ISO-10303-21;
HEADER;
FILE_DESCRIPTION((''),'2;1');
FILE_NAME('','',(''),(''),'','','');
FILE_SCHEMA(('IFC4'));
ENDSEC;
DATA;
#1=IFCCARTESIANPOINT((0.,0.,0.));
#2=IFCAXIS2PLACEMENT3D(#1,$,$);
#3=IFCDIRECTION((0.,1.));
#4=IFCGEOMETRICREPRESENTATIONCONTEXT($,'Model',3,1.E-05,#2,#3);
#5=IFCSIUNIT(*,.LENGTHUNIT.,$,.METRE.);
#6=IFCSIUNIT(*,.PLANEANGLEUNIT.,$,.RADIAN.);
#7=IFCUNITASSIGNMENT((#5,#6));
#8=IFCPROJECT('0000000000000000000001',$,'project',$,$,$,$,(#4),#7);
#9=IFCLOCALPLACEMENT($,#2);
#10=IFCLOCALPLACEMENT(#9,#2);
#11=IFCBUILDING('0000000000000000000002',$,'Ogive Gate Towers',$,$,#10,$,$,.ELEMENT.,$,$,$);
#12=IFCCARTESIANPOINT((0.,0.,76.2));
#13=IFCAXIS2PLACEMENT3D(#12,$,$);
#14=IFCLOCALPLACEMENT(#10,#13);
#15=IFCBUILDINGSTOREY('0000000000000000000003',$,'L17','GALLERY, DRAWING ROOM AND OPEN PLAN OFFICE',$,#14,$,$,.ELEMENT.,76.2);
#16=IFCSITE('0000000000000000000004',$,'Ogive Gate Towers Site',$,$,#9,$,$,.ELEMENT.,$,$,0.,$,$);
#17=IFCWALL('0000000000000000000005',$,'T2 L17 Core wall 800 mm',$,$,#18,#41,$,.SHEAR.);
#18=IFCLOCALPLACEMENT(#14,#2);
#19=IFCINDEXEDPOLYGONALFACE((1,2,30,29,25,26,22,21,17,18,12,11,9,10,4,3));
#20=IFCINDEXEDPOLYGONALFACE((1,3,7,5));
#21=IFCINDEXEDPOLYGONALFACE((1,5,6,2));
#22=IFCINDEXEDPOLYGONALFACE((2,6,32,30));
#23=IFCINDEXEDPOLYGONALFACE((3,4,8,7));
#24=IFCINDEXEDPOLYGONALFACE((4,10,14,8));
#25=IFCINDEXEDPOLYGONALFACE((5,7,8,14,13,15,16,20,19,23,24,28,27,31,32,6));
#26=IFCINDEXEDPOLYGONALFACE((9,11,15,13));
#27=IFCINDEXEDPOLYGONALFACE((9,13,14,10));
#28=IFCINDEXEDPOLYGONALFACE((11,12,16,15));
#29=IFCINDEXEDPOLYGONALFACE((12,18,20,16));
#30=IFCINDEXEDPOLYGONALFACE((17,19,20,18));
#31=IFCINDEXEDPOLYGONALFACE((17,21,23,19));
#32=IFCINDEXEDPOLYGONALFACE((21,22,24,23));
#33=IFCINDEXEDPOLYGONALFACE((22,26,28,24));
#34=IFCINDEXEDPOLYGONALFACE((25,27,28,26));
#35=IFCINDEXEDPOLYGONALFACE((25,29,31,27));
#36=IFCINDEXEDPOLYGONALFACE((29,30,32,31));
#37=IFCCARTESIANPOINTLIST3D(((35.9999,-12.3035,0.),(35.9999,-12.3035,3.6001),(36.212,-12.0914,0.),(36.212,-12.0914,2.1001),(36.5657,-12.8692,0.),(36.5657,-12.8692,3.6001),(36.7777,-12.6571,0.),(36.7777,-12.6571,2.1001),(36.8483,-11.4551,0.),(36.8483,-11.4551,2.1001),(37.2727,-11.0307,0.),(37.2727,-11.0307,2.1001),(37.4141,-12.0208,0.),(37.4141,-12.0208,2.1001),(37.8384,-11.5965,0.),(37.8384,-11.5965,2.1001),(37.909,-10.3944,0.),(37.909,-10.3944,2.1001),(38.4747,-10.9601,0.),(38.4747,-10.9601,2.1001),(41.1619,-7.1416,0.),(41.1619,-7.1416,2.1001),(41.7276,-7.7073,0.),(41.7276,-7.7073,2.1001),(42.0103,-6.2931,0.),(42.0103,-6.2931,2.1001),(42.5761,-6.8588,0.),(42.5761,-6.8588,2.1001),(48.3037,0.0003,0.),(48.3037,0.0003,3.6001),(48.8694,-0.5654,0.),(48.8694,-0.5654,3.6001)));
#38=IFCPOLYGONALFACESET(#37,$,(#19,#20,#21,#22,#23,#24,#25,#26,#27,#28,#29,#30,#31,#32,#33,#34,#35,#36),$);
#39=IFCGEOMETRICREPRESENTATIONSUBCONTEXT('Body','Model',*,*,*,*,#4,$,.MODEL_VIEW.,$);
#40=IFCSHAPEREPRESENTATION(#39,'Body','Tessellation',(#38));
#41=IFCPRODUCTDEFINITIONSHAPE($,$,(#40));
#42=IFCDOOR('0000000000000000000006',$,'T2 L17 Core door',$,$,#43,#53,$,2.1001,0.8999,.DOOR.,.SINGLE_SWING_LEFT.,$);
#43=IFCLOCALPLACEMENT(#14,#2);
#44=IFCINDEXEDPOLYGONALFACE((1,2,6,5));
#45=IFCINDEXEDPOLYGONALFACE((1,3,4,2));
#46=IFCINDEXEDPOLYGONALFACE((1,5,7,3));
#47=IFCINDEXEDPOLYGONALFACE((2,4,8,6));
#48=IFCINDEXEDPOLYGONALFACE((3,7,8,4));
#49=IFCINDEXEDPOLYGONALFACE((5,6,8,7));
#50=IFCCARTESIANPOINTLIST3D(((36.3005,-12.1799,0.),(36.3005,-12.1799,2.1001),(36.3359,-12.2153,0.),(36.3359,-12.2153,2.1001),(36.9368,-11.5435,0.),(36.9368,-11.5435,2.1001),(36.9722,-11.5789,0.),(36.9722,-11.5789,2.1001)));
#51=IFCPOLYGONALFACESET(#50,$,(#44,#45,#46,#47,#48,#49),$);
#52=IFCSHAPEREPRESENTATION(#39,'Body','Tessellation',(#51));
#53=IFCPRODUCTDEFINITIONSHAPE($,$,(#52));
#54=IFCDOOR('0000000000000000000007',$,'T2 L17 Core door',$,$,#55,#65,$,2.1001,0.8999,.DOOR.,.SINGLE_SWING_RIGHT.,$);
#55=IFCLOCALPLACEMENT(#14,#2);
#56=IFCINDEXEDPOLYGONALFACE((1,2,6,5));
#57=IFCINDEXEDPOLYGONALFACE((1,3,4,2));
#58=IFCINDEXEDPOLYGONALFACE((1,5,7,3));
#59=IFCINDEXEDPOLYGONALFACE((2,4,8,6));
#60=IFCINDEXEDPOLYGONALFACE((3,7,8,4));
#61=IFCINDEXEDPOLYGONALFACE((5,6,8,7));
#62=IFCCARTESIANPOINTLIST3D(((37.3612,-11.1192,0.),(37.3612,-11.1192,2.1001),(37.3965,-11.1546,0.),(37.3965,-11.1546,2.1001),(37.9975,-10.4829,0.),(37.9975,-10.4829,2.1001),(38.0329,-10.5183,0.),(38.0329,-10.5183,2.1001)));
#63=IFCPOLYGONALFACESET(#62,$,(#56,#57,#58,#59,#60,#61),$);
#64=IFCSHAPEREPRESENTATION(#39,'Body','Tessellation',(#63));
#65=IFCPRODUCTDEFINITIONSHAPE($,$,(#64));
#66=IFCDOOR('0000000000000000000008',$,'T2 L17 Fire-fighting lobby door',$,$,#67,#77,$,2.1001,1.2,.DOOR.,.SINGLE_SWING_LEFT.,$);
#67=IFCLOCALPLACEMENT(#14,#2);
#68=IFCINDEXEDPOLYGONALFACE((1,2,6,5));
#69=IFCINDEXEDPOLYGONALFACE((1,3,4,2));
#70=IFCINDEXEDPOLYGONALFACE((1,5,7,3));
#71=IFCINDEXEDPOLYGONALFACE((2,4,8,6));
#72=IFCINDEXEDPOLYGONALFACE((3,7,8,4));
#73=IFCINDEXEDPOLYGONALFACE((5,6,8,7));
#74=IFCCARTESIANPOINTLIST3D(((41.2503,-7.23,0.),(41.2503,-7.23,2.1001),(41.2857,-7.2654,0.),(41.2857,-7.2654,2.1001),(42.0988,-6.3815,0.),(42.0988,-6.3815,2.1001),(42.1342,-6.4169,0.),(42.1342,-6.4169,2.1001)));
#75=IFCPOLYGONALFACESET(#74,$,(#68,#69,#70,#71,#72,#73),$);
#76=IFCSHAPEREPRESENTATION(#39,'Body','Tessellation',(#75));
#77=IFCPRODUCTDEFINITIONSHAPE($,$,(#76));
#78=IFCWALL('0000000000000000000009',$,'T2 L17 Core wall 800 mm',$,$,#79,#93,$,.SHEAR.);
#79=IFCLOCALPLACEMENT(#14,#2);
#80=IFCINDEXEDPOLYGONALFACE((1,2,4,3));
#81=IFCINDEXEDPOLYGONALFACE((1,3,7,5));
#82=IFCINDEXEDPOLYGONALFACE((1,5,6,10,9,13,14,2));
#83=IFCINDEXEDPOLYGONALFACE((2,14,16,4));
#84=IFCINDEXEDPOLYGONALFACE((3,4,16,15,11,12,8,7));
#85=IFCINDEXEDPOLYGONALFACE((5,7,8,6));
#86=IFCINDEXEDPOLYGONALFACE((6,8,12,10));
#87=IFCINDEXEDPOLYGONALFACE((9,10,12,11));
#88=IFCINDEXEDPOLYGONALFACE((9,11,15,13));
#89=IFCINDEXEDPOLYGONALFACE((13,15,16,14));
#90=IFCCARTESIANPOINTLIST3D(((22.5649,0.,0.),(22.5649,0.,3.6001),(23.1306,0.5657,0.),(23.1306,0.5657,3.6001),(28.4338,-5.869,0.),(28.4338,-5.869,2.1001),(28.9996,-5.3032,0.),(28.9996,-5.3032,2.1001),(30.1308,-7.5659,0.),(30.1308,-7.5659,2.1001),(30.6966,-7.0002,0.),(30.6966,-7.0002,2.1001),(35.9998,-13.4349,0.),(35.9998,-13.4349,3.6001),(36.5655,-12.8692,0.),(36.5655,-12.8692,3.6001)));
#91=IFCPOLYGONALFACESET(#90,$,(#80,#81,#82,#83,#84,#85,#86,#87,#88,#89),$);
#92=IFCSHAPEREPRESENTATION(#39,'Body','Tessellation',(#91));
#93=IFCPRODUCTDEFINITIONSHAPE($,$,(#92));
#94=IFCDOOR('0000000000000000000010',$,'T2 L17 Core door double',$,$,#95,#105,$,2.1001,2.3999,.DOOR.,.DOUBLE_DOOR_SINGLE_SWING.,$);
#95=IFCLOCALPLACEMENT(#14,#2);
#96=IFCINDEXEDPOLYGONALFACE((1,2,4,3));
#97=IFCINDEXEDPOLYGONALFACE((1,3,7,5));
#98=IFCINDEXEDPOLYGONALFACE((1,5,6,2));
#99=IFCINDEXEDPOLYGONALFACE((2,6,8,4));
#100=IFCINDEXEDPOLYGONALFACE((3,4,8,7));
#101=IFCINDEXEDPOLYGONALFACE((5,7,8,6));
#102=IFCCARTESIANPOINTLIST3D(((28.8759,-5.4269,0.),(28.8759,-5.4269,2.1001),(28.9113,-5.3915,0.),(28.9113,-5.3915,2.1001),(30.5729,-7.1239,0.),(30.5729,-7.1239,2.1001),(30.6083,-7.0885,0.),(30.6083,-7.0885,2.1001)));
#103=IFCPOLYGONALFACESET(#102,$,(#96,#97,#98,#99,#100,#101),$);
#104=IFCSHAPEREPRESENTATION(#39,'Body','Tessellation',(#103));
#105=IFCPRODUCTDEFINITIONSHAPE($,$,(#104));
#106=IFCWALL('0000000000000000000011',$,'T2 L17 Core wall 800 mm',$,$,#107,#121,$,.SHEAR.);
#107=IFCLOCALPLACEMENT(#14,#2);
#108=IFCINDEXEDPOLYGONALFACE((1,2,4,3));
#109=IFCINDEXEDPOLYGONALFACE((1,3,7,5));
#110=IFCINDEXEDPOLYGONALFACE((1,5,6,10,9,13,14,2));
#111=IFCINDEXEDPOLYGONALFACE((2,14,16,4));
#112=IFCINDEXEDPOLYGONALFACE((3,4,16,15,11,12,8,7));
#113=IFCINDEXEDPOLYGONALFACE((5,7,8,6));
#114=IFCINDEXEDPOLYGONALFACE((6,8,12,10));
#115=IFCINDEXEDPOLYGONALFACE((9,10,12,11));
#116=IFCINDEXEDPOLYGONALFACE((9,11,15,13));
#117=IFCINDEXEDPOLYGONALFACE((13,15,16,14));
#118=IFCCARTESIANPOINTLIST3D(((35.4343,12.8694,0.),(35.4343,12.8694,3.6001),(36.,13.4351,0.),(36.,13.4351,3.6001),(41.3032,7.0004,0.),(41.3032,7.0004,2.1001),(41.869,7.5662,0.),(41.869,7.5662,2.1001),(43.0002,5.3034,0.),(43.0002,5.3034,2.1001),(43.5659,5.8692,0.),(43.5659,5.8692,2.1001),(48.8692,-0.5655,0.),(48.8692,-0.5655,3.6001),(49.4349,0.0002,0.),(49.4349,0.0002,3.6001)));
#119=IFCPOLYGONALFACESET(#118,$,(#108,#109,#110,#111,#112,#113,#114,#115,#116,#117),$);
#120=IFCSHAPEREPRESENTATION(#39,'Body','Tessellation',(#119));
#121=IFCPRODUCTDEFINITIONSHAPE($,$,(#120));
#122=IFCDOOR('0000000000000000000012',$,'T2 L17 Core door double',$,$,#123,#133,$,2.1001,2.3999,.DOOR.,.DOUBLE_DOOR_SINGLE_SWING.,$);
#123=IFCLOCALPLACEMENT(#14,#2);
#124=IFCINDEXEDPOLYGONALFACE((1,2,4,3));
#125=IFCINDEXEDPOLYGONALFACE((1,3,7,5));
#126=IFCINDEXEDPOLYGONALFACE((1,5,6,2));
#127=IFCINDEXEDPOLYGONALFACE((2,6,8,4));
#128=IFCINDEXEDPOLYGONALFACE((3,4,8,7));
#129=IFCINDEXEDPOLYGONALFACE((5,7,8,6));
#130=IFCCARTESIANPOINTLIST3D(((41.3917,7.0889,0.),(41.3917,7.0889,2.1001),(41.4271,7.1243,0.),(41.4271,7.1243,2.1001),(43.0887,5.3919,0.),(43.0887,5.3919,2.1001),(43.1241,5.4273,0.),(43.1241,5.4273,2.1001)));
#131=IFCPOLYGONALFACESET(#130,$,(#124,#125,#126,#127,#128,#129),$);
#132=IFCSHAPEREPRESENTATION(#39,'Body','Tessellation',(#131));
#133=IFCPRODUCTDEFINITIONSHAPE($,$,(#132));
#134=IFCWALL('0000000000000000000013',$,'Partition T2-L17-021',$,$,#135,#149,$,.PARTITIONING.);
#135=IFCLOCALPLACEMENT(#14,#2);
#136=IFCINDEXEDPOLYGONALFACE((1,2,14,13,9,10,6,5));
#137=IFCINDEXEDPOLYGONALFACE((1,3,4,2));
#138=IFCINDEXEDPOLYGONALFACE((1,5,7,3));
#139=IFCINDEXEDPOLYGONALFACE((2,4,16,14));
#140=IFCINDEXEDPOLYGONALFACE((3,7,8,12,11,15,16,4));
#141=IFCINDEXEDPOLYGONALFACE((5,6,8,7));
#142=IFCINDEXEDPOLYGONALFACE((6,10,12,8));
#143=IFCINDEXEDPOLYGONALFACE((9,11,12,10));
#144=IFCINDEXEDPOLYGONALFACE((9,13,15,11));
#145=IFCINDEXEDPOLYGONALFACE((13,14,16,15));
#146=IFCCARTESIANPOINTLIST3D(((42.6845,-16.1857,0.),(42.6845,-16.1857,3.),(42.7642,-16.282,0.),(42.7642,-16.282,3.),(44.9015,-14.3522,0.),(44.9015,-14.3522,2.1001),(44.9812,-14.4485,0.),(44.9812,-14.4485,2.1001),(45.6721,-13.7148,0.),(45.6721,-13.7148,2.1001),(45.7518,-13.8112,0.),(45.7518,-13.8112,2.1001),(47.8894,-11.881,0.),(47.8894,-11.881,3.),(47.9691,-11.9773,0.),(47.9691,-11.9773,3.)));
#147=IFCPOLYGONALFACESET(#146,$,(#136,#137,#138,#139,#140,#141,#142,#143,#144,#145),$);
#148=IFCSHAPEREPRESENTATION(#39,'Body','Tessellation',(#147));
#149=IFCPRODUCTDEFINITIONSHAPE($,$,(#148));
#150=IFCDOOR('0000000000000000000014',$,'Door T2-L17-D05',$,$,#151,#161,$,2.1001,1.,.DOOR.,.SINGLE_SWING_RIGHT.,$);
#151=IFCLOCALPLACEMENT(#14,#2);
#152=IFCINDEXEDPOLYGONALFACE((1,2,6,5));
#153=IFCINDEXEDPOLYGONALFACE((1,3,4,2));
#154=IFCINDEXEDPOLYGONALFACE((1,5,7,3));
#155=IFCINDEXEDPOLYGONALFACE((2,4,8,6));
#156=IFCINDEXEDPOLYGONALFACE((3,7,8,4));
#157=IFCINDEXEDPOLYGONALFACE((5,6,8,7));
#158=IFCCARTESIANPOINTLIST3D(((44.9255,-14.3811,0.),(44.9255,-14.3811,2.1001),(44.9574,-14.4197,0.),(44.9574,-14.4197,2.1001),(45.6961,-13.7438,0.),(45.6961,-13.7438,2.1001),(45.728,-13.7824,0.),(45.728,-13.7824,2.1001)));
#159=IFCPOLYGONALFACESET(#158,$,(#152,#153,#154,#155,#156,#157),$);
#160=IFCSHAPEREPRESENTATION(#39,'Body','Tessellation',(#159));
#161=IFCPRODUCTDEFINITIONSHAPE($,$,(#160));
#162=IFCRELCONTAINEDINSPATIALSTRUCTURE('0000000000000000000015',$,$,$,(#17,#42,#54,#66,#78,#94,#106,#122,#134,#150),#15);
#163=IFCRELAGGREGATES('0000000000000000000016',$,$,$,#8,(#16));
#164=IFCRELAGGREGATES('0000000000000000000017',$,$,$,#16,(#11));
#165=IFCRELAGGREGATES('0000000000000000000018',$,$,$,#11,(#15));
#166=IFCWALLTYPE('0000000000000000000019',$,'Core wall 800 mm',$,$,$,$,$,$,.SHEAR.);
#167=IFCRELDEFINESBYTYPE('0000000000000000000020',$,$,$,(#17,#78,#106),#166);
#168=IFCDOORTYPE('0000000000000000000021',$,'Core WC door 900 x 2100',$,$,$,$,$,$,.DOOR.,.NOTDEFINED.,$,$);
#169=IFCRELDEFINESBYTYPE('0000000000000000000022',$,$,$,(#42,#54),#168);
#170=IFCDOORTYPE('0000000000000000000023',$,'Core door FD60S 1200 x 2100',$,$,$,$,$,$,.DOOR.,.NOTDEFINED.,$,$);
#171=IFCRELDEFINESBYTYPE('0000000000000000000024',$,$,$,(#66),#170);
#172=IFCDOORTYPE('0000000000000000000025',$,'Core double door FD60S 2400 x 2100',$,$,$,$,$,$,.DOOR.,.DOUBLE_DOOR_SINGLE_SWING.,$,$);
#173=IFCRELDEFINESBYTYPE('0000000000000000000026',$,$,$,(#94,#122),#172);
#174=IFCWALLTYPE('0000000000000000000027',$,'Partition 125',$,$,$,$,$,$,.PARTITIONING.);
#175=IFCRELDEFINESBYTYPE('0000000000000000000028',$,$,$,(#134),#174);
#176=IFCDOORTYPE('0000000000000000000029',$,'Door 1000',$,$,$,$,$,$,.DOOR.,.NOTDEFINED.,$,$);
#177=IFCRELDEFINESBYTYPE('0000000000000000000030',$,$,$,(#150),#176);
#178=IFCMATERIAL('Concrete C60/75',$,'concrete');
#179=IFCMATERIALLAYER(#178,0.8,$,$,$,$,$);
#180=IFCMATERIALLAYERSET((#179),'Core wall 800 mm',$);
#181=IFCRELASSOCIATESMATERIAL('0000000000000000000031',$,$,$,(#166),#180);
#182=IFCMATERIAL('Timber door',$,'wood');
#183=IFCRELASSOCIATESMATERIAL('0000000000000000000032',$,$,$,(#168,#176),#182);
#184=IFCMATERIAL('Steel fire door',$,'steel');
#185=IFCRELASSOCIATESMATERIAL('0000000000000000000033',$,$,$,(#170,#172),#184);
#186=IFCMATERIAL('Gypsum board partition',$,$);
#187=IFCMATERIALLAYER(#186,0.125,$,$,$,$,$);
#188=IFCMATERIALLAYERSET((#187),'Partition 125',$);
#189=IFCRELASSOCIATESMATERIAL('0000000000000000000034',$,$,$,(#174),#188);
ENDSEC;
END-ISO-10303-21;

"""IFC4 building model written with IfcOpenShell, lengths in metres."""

from ifc_helpers import new_model, si_unit, direction, frame, frame_2d, origin, place, context, subcontext, project, spatial, rectangle, extrude, material, layer, layer_set, type_object, element, fill, save


model = new_model("IFC4")

# Units and contexts
model_context = context("Model", 3, precision=1e-05, world=origin(), true_north=direction((0.0, 1.0)))
body_context = subcontext(model_context, "Body", "Model", "MODEL_VIEW")
ifc_project = project(units=[si_unit("LENGTHUNIT", "METRE"), si_unit("PLANEANGLEUNIT", "RADIAN")], contexts=[model_context])

# Site, building, storey
site_placement = place(None, origin())
site = spatial("IfcSite", under=ifc_project, at=site_placement, Name="Ogive Gate Towers Site", CompositionType="ELEMENT", RefElevation=0.0)
building_placement = place(site_placement, origin())
building = spatial("IfcBuilding", under=site, at=building_placement, Name="Ogive Gate Towers", CompositionType="ELEMENT")
storey_placement = place(building_placement, frame((0.0, 0.0, 76.2)))
storey = spatial("IfcBuildingStorey", under=building, at=storey_placement, Name="L17", Description="GALLERY, DRAWING ROOM AND OPEN PLAN OFFICE", CompositionType="ELEMENT", Elevation=76.2)

# Wall, openings, doors
ifc_material_1 = material(Name="Concrete C60/75", Category="concrete")
ifc_layer_1 = layer(ifc_material_1, 0.8)
ifc_layer_set_1 = layer_set([ifc_layer_1], Name="Core wall 800 mm")
wall_type_1 = type_object("IfcWallType", Name="Core wall 800 mm", PredefinedType="SHEAR", material=ifc_layer_set_1)
wall_1_placement = place(storey_placement, frame((36.2827, -12.5864, 0.0), z_axis=(0.0, 0.0, 1.0), x_axis=(0.707107, 0.707107, 0.0)))
wall_1 = element("IfcWall", 1, at=wall_1_placement, inside=storey, type_object=wall_type_1, Name="T2 L17 Core wall 800 mm", PredefinedType="SHEAR", context=body_context, shape_type="SweptSolid", body=[
    extrude(rectangle(XDim=17.4001, YDim=0.8, at=frame_2d((8.7002, 0.0))), origin(), (0.0, 0.0, 1.0), 3.6001),
])
opening_1_placement = place(wall_1_placement, frame((7.3, 0.0, 0.0)))
opening_1 = element("IfcOpeningElement", 2, at=opening_1_placement, cuts=wall_1, PredefinedType="OPENING", context=body_context, shape_type="SweptSolid", body=[
    extrude(rectangle(XDim=1.2, YDim=2.1001, at=frame_2d((0.6001, 1.05))), frame((0.0, 0.4102, 0.0), z_axis=(0.0, -1.0, 0.0), x_axis=(1.0, 0.0, 0.0)), (0.0, 0.0, 1.0), 0.8201),
])
opening_2_placement = place(wall_1_placement, frame((0.3, 0.0, 0.0)))
opening_2 = element("IfcOpeningElement", 3, at=opening_2_placement, cuts=wall_1, PredefinedType="OPENING", context=body_context, shape_type="SweptSolid", body=[
    extrude(rectangle(XDim=0.8999, YDim=2.1001, at=frame_2d((0.45, 1.05))), frame((0.0, 0.4102, 0.0), z_axis=(0.0, -1.0, 0.0), x_axis=(1.0, 0.0, 0.0)), (0.0, 0.0, 1.0), 0.8201),
])
opening_3_placement = place(wall_1_placement, frame((1.8, 0.0, 0.0)))
opening_3 = element("IfcOpeningElement", 4, at=opening_3_placement, cuts=wall_1, PredefinedType="OPENING", context=body_context, shape_type="SweptSolid", body=[
    extrude(rectangle(XDim=0.8999, YDim=2.1001, at=frame_2d((0.45, 1.05))), frame((0.0, 0.4102, 0.0), z_axis=(0.0, -1.0, 0.0), x_axis=(1.0, 0.0, 0.0)), (0.0, 0.0, 1.0), 0.8201),
])
ifc_material_2 = material(Name="Timber door", Category="wood")
door_type_1 = type_object("IfcDoorType", Name="Core WC door 900 x 2100", OperationType="NOTDEFINED", PredefinedType="DOOR", material=ifc_material_2)
door_1_placement = place(opening_2_placement, origin())
door_1 = element("IfcDoor", 5, at=door_1_placement, inside=storey, type_object=door_type_1, Name="T2 L17 Core door", OperationType="SINGLE_SWING_LEFT", OverallHeight=2.1001, OverallWidth=0.8999, PredefinedType="DOOR", context=body_context, shape_type="SweptSolid", body=[
    extrude(rectangle(XDim=0.8999, YDim=2.1001, at=frame_2d((0.45, 1.05))), frame((0.0, 0.2749, 0.0), z_axis=(0.0, -1.0, 0.0), x_axis=(1.0, 0.0, 0.0)), (0.0, 0.0, 1.0), 0.05),
])
fill(opening_2, door_1)
door_2_placement = place(opening_3_placement, origin())
door_2 = element("IfcDoor", 6, at=door_2_placement, inside=storey, type_object=door_type_1, Name="T2 L17 Core door", OperationType="SINGLE_SWING_RIGHT", OverallHeight=2.1001, OverallWidth=0.8999, PredefinedType="DOOR", context=body_context, shape_type="SweptSolid", body=[
    extrude(rectangle(XDim=0.8999, YDim=2.1001, at=frame_2d((0.45, 1.05))), frame((0.0, 0.2749, 0.0), z_axis=(0.0, -1.0, 0.0), x_axis=(1.0, 0.0, 0.0)), (0.0, 0.0, 1.0), 0.05),
])
fill(opening_3, door_2)
ifc_material_3 = material(Name="Steel fire door", Category="steel")
door_type_2 = type_object("IfcDoorType", Name="Core door FD60S 1200 x 2100", OperationType="NOTDEFINED", PredefinedType="DOOR", material=ifc_material_3)
door_3_placement = place(opening_1_placement, origin())
door_3 = element("IfcDoor", 7, at=door_3_placement, inside=storey, type_object=door_type_2, Name="T2 L17 Fire-fighting lobby door", OperationType="SINGLE_SWING_LEFT", OverallHeight=2.1001, OverallWidth=1.2, PredefinedType="DOOR", context=body_context, shape_type="SweptSolid", body=[
    extrude(rectangle(XDim=1.2, YDim=2.1001, at=frame_2d((0.6001, 1.05))), frame((0.0, 0.2749, 0.0), z_axis=(0.0, -1.0, 0.0), x_axis=(1.0, 0.0, 0.0)), (0.0, 0.0, 1.0), 0.05),
])
fill(opening_1, door_3)

# Walls, openings, doors
wall_2_placement = place(storey_placement, frame((36.2827, -13.1521, 0.0), z_axis=(0.0, 0.0, 1.0), x_axis=(-0.707107, 0.707107, 0.0)))
wall_2 = element("IfcWall", 8, at=wall_2_placement, inside=storey, type_object=wall_type_1, Name="T2 L17 Core wall 800 mm", PredefinedType="SHEAR", context=body_context, shape_type="SweptSolid", body=[
    extrude(rectangle(XDim=18.9998, YDim=0.8, at=frame_2d((9.5, 0.0))), origin(), (0.0, 0.0, 1.0), 3.6001),
])
opening_4_placement = place(wall_2_placement, frame((8.3, 0.0, 0.0)))
opening_4 = element("IfcOpeningElement", 9, at=opening_4_placement, cuts=wall_2, PredefinedType="OPENING", context=body_context, shape_type="SweptSolid", body=[
    extrude(rectangle(XDim=2.3999, YDim=2.1001, at=frame_2d((1.2, 1.05))), frame((0.0, 0.4102, 0.0), z_axis=(0.0, -1.0, 0.0), x_axis=(1.0, 0.0, 0.0)), (0.0, 0.0, 1.0), 0.8201),
])
door_type_3 = type_object("IfcDoorType", Name="Core double door FD60S 2400 x 2100", OperationType="DOUBLE_DOOR_SINGLE_SWING", PredefinedType="DOOR", material=ifc_material_3)
door_4_placement = place(opening_4_placement, origin())
door_4 = element("IfcDoor", 10, at=door_4_placement, inside=storey, type_object=door_type_3, Name="T2 L17 Core door double", OperationType="DOUBLE_DOOR_SINGLE_SWING", OverallHeight=2.1001, OverallWidth=2.3999, PredefinedType="DOOR", context=body_context, shape_type="SweptSolid", body=[
    extrude(rectangle(XDim=2.3999, YDim=2.1001, at=frame_2d((1.2, 1.05))), frame((0.0, -0.2251, 0.0), z_axis=(0.0, -1.0, 0.0), x_axis=(1.0, 0.0, 0.0)), (0.0, 0.0, 1.0), 0.05),
])
fill(opening_4, door_4)
wall_3_placement = place(storey_placement, frame((49.1521, -0.2827, 0.0), z_axis=(0.0, 0.0, 1.0), x_axis=(-0.707107, 0.707107, 0.0)))
wall_3 = element("IfcWall", 11, at=wall_3_placement, inside=storey, type_object=wall_type_1, Name="T2 L17 Core wall 800 mm", PredefinedType="SHEAR", context=body_context, shape_type="SweptSolid", body=[
    extrude(rectangle(XDim=18.9998, YDim=0.8, at=frame_2d((9.5, 0.0))), origin(), (0.0, 0.0, 1.0), 3.6001),
])
opening_5_placement = place(wall_3_placement, frame((8.3, 0.0, 0.0)))
opening_5 = element("IfcOpeningElement", 12, at=opening_5_placement, cuts=wall_3, PredefinedType="OPENING", context=body_context, shape_type="SweptSolid", body=[
    extrude(rectangle(XDim=2.3999, YDim=2.1001, at=frame_2d((1.2, 1.05))), frame((0.0, 0.4102, 0.0), z_axis=(0.0, -1.0, 0.0), x_axis=(1.0, 0.0, 0.0)), (0.0, 0.0, 1.0), 0.8201),
])
door_5_placement = place(opening_5_placement, origin())
door_5 = element("IfcDoor", 13, at=door_5_placement, inside=storey, type_object=door_type_3, Name="T2 L17 Core door double", OperationType="DOUBLE_DOOR_SINGLE_SWING", OverallHeight=2.1001, OverallWidth=2.3999, PredefinedType="DOOR", context=body_context, shape_type="SweptSolid", body=[
    extrude(rectangle(XDim=2.3999, YDim=2.1001, at=frame_2d((1.2, 1.05))), frame((0.0, 0.2749, 0.0), z_axis=(0.0, -1.0, 0.0), x_axis=(1.0, 0.0, 0.0)), (0.0, 0.0, 1.0), 0.05),
])
fill(opening_5, door_5)
ifc_material_4 = material(Name="Gypsum board partition")
ifc_layer_2 = layer(ifc_material_4, 0.125)
ifc_layer_set_2 = layer_set([ifc_layer_2], Name="Partition 125")
wall_type_2 = type_object("IfcWallType", Name="Partition 125", PredefinedType="PARTITIONING", material=ifc_layer_set_2)
wall_4_placement = place(storey_placement, frame((42.7244, -16.2339, 0.0), z_axis=(0.0, 0.0, 1.0), x_axis=(0.770595, 0.637325, 0.0)))
wall_4 = element("IfcWall", 14, at=wall_4_placement, inside=storey, type_object=wall_type_2, Name="Partition T2-L17-021", PredefinedType="PARTITIONING", context=body_context, shape_type="SweptSolid", body=[
    extrude(rectangle(XDim=6.7544, YDim=0.125, at=frame_2d((3.3772, 0.0))), origin(), (0.0, 0.0, 1.0), 3.0),
])
opening_6_placement = place(wall_4_placement, frame((2.877, 0.0, 0.0)))
opening_6 = element("IfcOpeningElement", 15, at=opening_6_placement, cuts=wall_4, PredefinedType="OPENING", context=body_context, shape_type="SweptSolid", body=[
    extrude(rectangle(XDim=1.0, YDim=2.1001, at=frame_2d((0.5, 1.05))), frame((0.0, 0.0725, 0.0), z_axis=(0.0, -1.0, 0.0), x_axis=(1.0, 0.0, 0.0)), (0.0, 0.0, 1.0), 0.145),
])
door_type_4 = type_object("IfcDoorType", Name="Door 1000", OperationType="NOTDEFINED", PredefinedType="DOOR", material=ifc_material_2)
door_6_placement = place(opening_6_placement, origin())
door_6 = element("IfcDoor", 16, at=door_6_placement, inside=storey, type_object=door_type_4, Name="Door T2-L17-D05", OperationType="SINGLE_SWING_RIGHT", OverallHeight=2.1001, OverallWidth=1.0, PredefinedType="DOOR", context=body_context, shape_type="SweptSolid", body=[
    extrude(rectangle(XDim=1.0, YDim=2.1001, at=frame_2d((0.5, 1.05))), frame((0.0, 0.0249, 0.0), z_axis=(0.0, -1.0, 0.0), x_axis=(1.0, 0.0, 0.0)), (0.0, 0.0, 1.0), 0.05),
])
fill(opening_6, door_6)

save(model, "model.ifc")
